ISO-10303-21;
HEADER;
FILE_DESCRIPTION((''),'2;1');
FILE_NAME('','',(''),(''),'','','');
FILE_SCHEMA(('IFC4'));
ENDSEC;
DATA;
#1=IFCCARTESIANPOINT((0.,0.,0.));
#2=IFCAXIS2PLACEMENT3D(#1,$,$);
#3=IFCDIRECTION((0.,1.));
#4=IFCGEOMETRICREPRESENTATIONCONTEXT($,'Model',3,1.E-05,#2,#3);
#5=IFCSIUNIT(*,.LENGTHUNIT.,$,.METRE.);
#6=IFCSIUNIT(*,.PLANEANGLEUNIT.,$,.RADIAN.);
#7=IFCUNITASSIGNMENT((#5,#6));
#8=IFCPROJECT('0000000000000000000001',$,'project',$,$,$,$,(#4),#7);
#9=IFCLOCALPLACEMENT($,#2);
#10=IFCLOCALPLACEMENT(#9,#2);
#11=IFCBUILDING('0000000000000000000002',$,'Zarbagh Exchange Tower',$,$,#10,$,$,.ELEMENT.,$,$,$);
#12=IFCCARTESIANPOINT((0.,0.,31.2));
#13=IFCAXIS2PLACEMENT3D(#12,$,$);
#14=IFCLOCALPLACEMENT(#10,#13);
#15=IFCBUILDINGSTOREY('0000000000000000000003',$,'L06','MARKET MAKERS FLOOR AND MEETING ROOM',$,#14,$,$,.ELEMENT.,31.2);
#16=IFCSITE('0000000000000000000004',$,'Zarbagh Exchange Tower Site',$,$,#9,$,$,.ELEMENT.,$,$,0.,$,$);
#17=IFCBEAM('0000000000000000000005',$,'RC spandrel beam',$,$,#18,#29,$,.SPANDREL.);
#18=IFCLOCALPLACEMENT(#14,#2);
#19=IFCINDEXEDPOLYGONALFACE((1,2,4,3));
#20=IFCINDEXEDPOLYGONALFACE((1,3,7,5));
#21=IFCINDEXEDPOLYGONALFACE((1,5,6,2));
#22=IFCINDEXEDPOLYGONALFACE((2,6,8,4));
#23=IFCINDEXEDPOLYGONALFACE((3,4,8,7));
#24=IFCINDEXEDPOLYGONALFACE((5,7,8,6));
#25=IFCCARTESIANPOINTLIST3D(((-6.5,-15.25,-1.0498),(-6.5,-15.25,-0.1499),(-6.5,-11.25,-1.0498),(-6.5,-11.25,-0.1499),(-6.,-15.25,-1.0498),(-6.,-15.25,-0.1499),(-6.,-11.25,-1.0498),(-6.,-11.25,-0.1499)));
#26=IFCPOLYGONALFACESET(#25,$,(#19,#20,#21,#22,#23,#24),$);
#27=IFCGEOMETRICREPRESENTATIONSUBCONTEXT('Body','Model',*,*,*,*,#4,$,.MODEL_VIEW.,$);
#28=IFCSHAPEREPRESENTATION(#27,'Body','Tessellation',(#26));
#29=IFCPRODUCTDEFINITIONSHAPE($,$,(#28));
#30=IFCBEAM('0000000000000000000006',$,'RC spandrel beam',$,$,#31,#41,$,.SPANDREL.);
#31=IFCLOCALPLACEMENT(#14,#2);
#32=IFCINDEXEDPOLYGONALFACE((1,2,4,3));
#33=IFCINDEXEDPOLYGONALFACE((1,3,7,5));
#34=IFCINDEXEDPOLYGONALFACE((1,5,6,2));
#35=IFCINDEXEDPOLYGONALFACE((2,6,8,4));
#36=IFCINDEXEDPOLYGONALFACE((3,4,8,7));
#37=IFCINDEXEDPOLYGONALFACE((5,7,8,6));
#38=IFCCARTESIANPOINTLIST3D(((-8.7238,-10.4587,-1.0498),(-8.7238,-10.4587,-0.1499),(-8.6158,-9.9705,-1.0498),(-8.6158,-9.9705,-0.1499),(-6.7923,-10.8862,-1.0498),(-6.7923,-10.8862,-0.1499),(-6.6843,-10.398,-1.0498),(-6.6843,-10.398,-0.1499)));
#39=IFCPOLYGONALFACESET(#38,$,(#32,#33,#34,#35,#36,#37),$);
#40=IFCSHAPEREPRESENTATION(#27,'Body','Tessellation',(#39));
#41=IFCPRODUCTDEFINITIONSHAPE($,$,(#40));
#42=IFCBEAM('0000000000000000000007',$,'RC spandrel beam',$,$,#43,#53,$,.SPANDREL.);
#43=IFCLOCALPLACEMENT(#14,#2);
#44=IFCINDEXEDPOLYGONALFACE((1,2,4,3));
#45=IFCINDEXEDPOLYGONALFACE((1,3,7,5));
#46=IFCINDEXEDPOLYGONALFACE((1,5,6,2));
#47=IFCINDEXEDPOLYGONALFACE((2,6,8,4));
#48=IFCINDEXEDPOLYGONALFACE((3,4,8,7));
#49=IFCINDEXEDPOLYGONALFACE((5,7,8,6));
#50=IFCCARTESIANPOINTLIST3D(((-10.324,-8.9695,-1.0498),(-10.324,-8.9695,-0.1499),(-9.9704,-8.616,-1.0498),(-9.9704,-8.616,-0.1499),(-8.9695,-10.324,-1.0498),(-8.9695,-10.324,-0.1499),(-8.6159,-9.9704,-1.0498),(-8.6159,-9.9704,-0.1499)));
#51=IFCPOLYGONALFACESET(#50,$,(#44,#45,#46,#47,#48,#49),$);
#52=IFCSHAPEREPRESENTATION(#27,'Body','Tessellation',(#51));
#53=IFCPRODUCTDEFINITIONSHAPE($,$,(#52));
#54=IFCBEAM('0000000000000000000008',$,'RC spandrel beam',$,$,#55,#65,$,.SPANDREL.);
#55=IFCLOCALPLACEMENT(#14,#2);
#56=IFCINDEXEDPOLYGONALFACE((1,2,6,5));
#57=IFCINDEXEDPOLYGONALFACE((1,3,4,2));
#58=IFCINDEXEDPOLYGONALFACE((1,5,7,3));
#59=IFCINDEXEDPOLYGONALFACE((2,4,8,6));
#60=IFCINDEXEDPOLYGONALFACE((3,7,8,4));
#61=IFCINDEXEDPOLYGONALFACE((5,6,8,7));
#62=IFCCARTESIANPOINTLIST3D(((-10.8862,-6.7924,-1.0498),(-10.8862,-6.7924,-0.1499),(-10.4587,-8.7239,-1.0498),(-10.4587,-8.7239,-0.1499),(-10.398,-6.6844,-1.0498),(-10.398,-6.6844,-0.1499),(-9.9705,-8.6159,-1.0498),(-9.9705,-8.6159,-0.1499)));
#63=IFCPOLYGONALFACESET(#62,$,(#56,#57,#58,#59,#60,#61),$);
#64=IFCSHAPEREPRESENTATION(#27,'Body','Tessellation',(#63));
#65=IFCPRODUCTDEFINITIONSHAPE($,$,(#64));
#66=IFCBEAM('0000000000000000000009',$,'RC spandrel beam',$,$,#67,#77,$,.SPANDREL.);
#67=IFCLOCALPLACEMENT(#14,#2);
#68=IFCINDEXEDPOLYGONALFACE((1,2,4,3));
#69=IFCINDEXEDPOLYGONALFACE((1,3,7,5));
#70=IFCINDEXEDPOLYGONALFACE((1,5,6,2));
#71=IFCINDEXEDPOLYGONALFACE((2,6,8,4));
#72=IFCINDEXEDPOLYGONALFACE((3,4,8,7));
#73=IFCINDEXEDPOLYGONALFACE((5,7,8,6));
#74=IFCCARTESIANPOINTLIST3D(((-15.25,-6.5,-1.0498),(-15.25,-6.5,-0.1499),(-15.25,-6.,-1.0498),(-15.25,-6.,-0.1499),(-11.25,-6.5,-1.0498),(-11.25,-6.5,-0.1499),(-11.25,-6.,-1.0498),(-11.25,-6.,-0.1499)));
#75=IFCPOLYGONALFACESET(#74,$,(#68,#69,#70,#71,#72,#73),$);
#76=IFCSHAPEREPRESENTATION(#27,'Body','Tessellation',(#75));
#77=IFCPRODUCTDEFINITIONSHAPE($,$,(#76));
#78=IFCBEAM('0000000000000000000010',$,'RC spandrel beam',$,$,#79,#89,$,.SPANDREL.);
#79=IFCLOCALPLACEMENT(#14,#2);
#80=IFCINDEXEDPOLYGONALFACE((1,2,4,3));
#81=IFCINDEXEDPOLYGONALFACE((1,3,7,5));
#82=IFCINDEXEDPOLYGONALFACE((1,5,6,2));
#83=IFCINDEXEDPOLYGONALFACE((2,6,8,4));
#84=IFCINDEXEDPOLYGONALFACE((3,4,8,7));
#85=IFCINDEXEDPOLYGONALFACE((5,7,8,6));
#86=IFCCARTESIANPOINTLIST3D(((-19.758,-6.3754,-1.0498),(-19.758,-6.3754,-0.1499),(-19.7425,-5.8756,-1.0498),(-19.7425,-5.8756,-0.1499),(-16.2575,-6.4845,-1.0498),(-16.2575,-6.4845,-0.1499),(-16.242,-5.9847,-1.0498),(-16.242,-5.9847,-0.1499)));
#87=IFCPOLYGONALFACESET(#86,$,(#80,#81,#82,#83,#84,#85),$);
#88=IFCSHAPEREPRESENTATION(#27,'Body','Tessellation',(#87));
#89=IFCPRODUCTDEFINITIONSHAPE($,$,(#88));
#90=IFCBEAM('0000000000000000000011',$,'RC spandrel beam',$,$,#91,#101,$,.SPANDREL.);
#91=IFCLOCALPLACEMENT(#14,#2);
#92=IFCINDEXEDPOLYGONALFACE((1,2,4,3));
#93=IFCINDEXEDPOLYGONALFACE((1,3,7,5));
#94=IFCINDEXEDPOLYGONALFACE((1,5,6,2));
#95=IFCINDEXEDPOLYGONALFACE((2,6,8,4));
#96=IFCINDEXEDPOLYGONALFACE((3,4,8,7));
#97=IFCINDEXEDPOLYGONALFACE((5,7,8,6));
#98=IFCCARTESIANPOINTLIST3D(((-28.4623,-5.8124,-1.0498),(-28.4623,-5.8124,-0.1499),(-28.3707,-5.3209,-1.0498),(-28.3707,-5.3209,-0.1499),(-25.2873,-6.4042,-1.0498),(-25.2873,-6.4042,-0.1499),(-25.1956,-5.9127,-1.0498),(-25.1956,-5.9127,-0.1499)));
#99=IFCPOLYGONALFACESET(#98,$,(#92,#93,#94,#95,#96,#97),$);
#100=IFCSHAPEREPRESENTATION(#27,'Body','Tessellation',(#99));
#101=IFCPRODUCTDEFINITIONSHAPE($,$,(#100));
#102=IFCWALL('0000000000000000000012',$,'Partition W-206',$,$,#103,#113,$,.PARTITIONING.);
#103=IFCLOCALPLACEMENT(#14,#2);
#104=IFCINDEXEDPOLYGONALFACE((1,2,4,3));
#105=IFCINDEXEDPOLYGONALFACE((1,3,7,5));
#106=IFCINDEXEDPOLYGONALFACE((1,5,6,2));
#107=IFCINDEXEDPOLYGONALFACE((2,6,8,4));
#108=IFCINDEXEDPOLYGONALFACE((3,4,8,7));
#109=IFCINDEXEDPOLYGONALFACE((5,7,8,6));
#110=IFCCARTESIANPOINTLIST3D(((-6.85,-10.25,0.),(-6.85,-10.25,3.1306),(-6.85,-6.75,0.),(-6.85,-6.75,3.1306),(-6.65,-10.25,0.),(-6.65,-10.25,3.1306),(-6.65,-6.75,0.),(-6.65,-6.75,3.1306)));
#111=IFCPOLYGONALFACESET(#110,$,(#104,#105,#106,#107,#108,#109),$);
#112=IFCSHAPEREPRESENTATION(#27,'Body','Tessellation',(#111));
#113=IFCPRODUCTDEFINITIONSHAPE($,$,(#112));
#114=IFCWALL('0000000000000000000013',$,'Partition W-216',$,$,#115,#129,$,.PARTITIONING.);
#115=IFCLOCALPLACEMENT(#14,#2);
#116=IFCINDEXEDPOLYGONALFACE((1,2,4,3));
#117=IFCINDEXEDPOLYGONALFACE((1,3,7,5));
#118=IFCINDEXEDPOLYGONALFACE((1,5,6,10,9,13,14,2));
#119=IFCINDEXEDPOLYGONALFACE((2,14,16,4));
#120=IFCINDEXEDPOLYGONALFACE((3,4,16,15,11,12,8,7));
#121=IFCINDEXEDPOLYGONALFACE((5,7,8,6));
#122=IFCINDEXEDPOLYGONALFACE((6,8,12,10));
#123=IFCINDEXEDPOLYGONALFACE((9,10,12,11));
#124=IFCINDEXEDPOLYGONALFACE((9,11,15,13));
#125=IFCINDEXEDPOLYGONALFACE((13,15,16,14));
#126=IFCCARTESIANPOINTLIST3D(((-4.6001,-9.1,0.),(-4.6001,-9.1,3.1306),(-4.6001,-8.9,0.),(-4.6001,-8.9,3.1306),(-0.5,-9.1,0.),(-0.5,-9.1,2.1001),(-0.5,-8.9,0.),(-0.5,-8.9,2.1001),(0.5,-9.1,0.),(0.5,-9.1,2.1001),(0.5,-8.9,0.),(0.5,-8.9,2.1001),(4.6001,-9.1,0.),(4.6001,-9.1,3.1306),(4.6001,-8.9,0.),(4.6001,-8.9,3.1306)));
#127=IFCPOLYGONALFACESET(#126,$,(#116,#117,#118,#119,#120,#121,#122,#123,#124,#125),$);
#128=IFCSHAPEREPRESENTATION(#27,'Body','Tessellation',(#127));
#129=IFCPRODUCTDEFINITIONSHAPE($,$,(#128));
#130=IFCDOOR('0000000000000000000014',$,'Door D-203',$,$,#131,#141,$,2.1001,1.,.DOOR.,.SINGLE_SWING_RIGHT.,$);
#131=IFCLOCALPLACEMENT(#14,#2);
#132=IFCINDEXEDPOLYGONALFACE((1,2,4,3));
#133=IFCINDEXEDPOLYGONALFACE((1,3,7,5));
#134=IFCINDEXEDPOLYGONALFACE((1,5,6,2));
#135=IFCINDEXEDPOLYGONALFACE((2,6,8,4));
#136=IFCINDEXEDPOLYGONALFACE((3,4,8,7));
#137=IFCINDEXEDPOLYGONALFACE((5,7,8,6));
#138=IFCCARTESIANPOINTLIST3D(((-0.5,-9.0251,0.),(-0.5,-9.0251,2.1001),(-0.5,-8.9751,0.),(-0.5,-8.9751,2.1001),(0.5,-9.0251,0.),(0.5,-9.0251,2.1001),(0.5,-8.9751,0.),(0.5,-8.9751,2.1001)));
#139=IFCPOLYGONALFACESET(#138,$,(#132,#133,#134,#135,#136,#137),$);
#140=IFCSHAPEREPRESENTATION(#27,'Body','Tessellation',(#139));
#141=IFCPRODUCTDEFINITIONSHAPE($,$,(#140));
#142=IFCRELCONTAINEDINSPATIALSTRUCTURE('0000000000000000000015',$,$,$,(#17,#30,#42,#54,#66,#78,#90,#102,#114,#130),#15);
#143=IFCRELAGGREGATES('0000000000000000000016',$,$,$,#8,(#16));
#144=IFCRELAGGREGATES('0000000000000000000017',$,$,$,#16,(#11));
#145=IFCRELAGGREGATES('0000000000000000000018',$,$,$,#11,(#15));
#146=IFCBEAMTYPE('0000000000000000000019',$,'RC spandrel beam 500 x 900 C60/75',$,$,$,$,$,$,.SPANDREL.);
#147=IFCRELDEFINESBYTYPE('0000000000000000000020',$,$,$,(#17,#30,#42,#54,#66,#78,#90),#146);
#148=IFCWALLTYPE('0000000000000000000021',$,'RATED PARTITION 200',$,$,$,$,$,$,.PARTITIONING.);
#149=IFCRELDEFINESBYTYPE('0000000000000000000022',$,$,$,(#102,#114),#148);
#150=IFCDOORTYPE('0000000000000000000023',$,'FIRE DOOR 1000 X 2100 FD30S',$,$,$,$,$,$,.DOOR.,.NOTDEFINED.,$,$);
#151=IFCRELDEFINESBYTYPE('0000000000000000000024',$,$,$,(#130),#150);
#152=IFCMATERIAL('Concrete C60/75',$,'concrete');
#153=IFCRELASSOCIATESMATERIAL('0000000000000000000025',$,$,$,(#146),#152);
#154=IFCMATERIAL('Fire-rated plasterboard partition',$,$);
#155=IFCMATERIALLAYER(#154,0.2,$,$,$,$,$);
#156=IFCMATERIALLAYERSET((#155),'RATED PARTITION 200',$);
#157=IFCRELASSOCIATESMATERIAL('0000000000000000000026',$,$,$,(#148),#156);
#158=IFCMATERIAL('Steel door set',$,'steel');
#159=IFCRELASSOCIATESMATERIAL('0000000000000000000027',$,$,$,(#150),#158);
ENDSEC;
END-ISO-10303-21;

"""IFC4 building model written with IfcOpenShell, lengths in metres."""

from ifc_helpers import new_model, si_unit, direction, frame, frame_2d, origin, origin_2d, place, context, subcontext, project, spatial, rectangle, extrude, material, layer, layer_set, material_profile, profile_set, type_object, element, fill, save


model = new_model("IFC4")

# Units and contexts
model_context = context("Model", 3, precision=1e-05, world=origin(), true_north=direction((0.0, 1.0)))
body_context = subcontext(model_context, "Body", "Model", "MODEL_VIEW")
ifc_project = project(units=[si_unit("LENGTHUNIT", "METRE"), si_unit("PLANEANGLEUNIT", "RADIAN")], contexts=[model_context])

# Site, building, storey
site_placement = place(None, origin())
site = spatial("IfcSite", under=ifc_project, at=site_placement, Name="Zarbagh Exchange Tower Site", CompositionType="ELEMENT", RefElevation=0.0)
building_placement = place(site_placement, origin())
building = spatial("IfcBuilding", under=site, at=building_placement, Name="Zarbagh Exchange Tower", CompositionType="ELEMENT")
storey_placement = place(building_placement, frame((0.0, 0.0, 31.2)))
storey = spatial("IfcBuildingStorey", under=building, at=storey_placement, Name="L06", Description="MARKET MAKERS FLOOR AND MEETING ROOM", CompositionType="ELEMENT", Elevation=31.2)

# Shared definitions
ifc_material_1 = material(Name="Concrete C60/75", Category="concrete")

# Beams
ifc_material_profile_1 = material_profile(ifc_material_1, rectangle(XDim=0.5, YDim=0.8999, at=origin_2d()), Name="RC spandrel beam 500 x 900 C60/75")
ifc_profile_set_1 = profile_set([ifc_material_profile_1], Name="Concrete C60/75")
beam_type_1 = type_object("IfcBeamType", Name="RC spandrel beam 500 x 900 C60/75", PredefinedType="SPANDREL", material=ifc_profile_set_1)
beam_1_placement = place(storey_placement, frame((-6.25, -15.25, -0.5999), z_axis=(0.0, 1.0, 0.0), x_axis=(-1.0, 0.0, 0.0)))
element("IfcBeam", 1, at=beam_1_placement, inside=storey, type_object=beam_type_1, Name="RC spandrel beam", PredefinedType="SPANDREL", context=body_context, shape_type="SweptSolid", body=[
    extrude(rectangle(XDim=0.5, YDim=0.8999, at=origin_2d()), origin(), (0.0, 0.0, 1.0), 4.0),
])
beam_2_placement = place(storey_placement, frame((-6.7383, -10.6421, -0.5999), z_axis=(-0.976375, 0.216081, 0.0), x_axis=(-0.216081, -0.976375, 0.0)))
element("IfcBeam", 2, at=beam_2_placement, inside=storey, type_object=beam_type_1, Name="RC spandrel beam", PredefinedType="SPANDREL", context=body_context, shape_type="SweptSolid", body=[
    extrude(rectangle(XDim=0.5, YDim=0.8999, at=origin_2d()), origin(), (0.0, 0.0, 1.0), 1.9783),
])
beam_3_placement = place(storey_placement, frame((-8.7927, -10.1472, -0.5999), z_axis=(-0.707107, 0.707107, 0.0), x_axis=(-0.707107, -0.707107, 0.0)))
element("IfcBeam", 3, at=beam_3_placement, inside=storey, type_object=beam_type_1, Name="RC spandrel beam", PredefinedType="SPANDREL", context=body_context, shape_type="SweptSolid", body=[
    extrude(rectangle(XDim=0.5, YDim=0.8999, at=origin_2d()), origin(), (0.0, 0.0, 1.0), 1.9155),
])
beam_4_placement = place(storey_placement, frame((-10.2146, -8.6699, -0.5999), z_axis=(-0.216081, 0.976375, 0.0), x_axis=(-0.976375, -0.216081, 0.0)))
element("IfcBeam", 4, at=beam_4_placement, inside=storey, type_object=beam_type_1, Name="RC spandrel beam", PredefinedType="SPANDREL", context=body_context, shape_type="SweptSolid", body=[
    extrude(rectangle(XDim=0.5, YDim=0.8999, at=origin_2d()), origin(), (0.0, 0.0, 1.0), 1.9783),
])
beam_5_placement = place(storey_placement, frame((-11.25, -6.25, -0.5999), z_axis=(-1.0, 0.0, 0.0), x_axis=(0.0, -1.0, 0.0)))
element("IfcBeam", 5, at=beam_5_placement, inside=storey, type_object=beam_type_1, Name="RC spandrel beam", PredefinedType="SPANDREL", context=body_context, shape_type="SweptSolid", body=[
    extrude(rectangle(XDim=0.5, YDim=0.8999, at=origin_2d()), origin(), (0.0, 0.0, 1.0), 4.0),
])
beam_6_placement = place(storey_placement, frame((-16.2498, -6.2346, -0.5999), z_axis=(-0.999514, 0.031161, 0.0), x_axis=(-0.031161, -0.999514, 0.0)))
element("IfcBeam", 6, at=beam_6_placement, inside=storey, type_object=beam_type_1, Name="RC spandrel beam", PredefinedType="SPANDREL", context=body_context, shape_type="SweptSolid", body=[
    extrude(rectangle(XDim=0.5, YDim=0.8999, at=origin_2d()), origin(), (0.0, 0.0, 1.0), 3.5022),
])
beam_7_placement = place(storey_placement, frame((-25.2415, -6.1584, -0.5999), z_axis=(-0.983069, 0.183234, 0.0), x_axis=(-0.183234, -0.983069, 0.0)))
element("IfcBeam", 7, at=beam_7_placement, inside=storey, type_object=beam_type_1, Name="RC spandrel beam", PredefinedType="SPANDREL", context=body_context, shape_type="SweptSolid", body=[
    extrude(rectangle(XDim=0.5, YDim=0.8999, at=origin_2d()), origin(), (0.0, 0.0, 1.0), 3.2297),
])

# Wall
ifc_material_2 = material(Name="Fire-rated plasterboard partition")
ifc_layer = layer(ifc_material_2, 0.2)
ifc_layer_set = layer_set([ifc_layer], Name="RATED PARTITION 200")
wall_type = type_object("IfcWallType", Name="RATED PARTITION 200", PredefinedType="PARTITIONING", material=ifc_layer_set)
wall_1_placement = place(storey_placement, frame((-6.75, -10.25, 0.0), z_axis=(0.0, 0.0, 1.0), x_axis=(0.0, 1.0, 0.0)))
element("IfcWall", 8, at=wall_1_placement, inside=storey, type_object=wall_type, Name="Partition W-206", PredefinedType="PARTITIONING", context=body_context, shape_type="SweptSolid", body=[
    extrude(rectangle(XDim=3.5, YDim=0.2, at=frame_2d((1.75, 0.0))), origin(), (0.0, 0.0, 1.0), 3.1306),
])

# Wall, opening, door
wall_2_placement = place(storey_placement, frame((-4.6001, -9.0, 0.0), z_axis=(0.0, 0.0, 1.0), x_axis=(1.0, 0.0, 0.0)))
wall_2 = element("IfcWall", 9, at=wall_2_placement, inside=storey, type_object=wall_type, Name="Partition W-216", PredefinedType="PARTITIONING", context=body_context, shape_type="SweptSolid", body=[
    extrude(rectangle(XDim=9.2002, YDim=0.2, at=frame_2d((4.6001, 0.0))), origin(), (0.0, 0.0, 1.0), 3.1306),
])
opening_placement = place(wall_2_placement, frame((4.1001, 0.0, 0.0)))
opening = element("IfcOpeningElement", 10, at=opening_placement, cuts=wall_2, PredefinedType="OPENING", context=body_context, shape_type="SweptSolid", body=[
    extrude(rectangle(XDim=1.0, YDim=2.1001, at=frame_2d((0.5, 1.05))), frame((0.0, 0.1099, 0.0), z_axis=(0.0, -1.0, 0.0), x_axis=(1.0, 0.0, 0.0)), (0.0, 0.0, 1.0), 0.22),
])
ifc_material_3 = material(Name="Steel door set", Category="steel")
door_type = type_object("IfcDoorType", Name="FIRE DOOR 1000 X 2100 FD30S", OperationType="NOTDEFINED", PredefinedType="DOOR", material=ifc_material_3)
door_placement = place(opening_placement, origin())
door = element("IfcDoor", 11, at=door_placement, inside=storey, type_object=door_type, Name="Door D-203", OperationType="SINGLE_SWING_RIGHT", OverallHeight=2.1001, OverallWidth=1.0, PredefinedType="DOOR", context=body_context, shape_type="SweptSolid", body=[
    extrude(rectangle(XDim=1.0, YDim=2.1001, at=frame_2d((0.5, 1.05))), frame((0.0, 0.0249, 0.0), z_axis=(0.0, -1.0, 0.0), x_axis=(1.0, 0.0, 0.0)), (0.0, 0.0, 1.0), 0.05),
])
fill(opening, door)

save(model, "model.ifc")
